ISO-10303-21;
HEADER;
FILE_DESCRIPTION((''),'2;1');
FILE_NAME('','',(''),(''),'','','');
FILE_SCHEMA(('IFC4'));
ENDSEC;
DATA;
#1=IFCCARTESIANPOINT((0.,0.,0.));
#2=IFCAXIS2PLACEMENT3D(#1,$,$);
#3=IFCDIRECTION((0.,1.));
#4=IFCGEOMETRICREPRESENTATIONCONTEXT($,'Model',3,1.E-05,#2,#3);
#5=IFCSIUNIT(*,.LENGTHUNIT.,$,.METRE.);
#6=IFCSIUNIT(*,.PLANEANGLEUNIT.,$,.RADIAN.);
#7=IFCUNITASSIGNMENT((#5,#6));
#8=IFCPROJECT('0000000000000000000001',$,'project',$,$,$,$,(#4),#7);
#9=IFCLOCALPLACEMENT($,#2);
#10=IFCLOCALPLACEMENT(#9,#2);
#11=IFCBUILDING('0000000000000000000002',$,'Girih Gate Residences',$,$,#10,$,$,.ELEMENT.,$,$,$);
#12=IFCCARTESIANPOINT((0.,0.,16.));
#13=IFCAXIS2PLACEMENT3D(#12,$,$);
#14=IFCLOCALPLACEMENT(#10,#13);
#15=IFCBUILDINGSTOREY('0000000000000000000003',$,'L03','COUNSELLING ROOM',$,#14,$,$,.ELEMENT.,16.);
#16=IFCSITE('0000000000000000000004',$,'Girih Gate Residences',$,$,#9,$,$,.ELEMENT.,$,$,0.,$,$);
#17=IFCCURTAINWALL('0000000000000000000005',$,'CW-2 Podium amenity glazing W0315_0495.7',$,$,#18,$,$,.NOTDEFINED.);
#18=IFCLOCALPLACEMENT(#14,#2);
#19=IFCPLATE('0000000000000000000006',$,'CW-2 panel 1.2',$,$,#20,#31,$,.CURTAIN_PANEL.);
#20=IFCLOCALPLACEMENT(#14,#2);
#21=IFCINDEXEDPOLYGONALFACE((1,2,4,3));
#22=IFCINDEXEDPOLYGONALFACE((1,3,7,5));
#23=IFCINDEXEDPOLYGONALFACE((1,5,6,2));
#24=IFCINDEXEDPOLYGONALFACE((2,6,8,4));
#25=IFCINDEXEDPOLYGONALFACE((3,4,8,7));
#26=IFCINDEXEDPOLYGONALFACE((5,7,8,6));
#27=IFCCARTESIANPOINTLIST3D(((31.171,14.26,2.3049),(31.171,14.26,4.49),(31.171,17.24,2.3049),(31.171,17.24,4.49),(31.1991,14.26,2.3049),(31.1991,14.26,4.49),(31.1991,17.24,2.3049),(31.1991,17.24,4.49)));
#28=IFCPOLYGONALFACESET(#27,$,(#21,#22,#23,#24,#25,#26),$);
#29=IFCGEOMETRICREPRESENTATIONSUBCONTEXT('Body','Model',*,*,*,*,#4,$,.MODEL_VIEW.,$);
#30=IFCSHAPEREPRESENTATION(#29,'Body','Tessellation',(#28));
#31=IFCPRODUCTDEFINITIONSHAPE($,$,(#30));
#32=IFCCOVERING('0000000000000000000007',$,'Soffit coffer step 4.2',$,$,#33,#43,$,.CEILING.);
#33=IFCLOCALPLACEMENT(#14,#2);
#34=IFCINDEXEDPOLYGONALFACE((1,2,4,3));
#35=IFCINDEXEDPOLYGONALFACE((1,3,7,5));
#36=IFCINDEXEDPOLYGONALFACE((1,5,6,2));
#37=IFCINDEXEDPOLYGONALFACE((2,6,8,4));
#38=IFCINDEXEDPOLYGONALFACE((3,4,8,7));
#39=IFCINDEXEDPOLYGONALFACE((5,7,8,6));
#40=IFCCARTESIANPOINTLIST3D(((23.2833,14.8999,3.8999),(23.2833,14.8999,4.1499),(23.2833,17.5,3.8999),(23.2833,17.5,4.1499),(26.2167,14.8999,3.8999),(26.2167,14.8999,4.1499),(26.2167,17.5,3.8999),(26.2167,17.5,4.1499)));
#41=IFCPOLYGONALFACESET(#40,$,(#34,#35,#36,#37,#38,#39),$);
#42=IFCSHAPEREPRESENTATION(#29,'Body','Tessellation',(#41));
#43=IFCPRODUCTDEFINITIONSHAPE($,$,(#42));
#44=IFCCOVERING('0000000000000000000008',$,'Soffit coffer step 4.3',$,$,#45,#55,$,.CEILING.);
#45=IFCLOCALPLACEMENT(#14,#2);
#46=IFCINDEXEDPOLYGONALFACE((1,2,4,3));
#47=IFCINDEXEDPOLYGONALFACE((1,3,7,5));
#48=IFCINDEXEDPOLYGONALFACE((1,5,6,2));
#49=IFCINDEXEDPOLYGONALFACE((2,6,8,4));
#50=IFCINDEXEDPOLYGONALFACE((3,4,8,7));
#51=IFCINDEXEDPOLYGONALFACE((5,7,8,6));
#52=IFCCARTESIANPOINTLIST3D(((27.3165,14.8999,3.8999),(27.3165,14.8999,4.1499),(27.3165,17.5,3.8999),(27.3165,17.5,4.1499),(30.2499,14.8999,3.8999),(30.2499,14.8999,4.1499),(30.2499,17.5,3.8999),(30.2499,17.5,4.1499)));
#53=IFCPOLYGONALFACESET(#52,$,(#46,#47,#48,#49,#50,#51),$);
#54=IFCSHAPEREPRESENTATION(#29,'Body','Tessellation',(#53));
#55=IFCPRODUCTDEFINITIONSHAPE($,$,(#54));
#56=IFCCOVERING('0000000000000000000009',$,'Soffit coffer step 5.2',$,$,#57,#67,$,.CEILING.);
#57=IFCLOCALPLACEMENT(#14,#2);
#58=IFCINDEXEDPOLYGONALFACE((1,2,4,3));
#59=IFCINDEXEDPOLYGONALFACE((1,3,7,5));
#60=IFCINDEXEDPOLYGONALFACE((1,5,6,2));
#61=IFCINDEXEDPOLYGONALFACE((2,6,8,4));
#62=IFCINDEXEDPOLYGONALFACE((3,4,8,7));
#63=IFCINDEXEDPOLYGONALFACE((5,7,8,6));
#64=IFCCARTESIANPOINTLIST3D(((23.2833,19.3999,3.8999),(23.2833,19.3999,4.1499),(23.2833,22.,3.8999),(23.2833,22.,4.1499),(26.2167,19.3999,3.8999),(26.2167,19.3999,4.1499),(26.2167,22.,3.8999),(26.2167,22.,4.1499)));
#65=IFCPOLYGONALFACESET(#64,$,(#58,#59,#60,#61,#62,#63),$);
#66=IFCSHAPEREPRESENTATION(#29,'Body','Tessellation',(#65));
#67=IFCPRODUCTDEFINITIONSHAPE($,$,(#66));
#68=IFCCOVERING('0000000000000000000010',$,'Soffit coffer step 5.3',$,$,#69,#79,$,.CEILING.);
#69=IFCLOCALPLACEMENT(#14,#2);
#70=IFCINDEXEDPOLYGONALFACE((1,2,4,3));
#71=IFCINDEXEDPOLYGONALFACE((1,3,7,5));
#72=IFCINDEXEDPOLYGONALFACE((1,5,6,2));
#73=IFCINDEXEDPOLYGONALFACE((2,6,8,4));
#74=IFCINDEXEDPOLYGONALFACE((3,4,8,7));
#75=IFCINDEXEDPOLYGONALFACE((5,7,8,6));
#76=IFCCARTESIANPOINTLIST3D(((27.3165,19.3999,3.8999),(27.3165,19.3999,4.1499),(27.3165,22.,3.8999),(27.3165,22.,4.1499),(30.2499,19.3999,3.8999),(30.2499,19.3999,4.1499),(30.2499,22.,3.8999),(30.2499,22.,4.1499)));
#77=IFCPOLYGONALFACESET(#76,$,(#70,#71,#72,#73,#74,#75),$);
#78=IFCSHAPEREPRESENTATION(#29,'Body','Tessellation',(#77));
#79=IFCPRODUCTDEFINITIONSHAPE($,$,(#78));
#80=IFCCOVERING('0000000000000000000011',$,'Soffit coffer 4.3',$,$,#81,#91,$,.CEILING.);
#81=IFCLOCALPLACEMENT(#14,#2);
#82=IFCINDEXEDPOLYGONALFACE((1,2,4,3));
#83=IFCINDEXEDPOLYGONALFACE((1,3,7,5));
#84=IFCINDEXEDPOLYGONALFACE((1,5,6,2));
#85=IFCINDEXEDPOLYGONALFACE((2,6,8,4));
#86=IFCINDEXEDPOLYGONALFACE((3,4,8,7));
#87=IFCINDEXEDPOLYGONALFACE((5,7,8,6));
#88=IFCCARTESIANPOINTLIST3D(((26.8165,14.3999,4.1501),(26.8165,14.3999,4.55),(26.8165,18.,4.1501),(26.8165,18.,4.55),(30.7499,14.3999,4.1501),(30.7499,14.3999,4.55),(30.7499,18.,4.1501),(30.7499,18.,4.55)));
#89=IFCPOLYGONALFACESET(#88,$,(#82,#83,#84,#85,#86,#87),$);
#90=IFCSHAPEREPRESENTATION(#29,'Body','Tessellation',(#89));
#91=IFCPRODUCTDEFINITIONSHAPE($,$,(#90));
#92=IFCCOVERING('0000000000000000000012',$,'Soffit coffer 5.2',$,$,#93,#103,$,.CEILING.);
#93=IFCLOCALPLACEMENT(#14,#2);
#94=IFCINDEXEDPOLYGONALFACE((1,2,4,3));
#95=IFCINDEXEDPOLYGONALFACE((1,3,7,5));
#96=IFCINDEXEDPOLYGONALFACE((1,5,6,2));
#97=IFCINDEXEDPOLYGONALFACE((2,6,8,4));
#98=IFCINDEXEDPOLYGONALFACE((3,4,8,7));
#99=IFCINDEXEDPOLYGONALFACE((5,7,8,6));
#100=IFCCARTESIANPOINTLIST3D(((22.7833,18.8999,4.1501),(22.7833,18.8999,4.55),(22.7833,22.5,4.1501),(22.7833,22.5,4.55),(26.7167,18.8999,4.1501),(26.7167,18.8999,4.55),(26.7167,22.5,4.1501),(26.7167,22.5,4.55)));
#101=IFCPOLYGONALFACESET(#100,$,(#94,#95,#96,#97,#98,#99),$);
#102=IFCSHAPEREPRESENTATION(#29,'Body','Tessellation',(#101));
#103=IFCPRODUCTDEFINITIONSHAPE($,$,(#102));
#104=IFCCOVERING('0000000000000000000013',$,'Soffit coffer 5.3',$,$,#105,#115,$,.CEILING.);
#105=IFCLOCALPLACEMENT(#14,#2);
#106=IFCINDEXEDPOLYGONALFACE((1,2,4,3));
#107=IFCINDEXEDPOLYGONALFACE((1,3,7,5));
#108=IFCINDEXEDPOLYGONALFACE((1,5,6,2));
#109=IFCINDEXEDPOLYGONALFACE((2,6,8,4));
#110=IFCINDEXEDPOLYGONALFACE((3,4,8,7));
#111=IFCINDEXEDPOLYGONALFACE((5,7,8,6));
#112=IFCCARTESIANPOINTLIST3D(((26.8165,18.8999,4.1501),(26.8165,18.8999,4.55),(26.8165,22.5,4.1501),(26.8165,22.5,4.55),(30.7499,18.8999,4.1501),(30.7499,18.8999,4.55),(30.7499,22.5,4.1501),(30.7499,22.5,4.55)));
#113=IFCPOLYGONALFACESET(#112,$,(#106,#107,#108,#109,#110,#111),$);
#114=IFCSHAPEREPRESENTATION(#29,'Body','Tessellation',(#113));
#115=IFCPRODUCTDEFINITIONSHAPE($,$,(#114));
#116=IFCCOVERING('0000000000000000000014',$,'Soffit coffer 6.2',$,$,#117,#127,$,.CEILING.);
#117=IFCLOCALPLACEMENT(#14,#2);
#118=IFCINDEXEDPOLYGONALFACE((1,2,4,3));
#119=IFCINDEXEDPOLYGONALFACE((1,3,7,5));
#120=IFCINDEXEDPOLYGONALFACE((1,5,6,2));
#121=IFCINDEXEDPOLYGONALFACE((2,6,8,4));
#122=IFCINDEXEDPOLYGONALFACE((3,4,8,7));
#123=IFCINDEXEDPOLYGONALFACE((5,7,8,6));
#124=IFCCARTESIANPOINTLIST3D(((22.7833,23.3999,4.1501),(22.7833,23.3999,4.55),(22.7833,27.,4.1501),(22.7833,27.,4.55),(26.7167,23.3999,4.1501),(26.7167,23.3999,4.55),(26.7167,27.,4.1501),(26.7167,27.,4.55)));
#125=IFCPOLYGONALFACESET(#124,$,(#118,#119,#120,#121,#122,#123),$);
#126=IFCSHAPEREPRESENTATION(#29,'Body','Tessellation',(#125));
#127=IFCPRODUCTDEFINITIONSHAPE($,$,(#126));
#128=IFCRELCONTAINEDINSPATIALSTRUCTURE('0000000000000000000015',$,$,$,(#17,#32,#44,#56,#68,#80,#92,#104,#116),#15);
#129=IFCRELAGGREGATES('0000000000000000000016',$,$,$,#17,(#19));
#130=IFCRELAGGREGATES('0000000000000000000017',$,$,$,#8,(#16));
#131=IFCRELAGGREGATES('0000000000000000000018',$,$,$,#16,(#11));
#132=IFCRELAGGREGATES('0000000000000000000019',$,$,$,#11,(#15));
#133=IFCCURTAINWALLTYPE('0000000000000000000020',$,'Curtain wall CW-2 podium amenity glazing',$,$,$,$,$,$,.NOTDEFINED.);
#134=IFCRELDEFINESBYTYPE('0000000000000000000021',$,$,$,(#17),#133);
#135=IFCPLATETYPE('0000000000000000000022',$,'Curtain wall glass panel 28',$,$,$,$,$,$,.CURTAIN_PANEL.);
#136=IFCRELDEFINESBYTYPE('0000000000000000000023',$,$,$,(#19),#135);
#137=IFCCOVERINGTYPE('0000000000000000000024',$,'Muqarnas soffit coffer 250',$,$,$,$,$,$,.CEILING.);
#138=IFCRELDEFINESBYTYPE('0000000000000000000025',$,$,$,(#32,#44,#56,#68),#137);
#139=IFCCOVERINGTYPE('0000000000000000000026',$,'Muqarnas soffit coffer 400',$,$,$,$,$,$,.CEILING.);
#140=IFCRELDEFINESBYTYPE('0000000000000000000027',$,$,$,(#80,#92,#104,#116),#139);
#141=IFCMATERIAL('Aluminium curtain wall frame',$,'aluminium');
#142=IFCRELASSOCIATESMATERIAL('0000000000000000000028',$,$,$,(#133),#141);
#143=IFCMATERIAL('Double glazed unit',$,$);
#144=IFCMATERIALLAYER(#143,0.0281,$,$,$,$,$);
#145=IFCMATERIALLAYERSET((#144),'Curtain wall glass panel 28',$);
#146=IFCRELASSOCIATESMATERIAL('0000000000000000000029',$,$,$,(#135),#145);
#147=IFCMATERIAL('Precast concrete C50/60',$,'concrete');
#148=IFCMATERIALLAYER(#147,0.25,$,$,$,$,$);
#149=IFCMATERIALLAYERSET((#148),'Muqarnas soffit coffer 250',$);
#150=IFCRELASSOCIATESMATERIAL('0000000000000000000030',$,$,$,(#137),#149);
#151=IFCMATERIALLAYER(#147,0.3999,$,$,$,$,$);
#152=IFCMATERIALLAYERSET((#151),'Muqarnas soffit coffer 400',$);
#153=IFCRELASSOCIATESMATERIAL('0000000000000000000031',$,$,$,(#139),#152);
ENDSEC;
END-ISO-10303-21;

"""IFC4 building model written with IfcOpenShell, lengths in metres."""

from ifc_helpers import new_model, si_unit, direction, frame, origin, origin_2d, place, context, subcontext, project, spatial, rectangle, extrude, material, layer, layer_set, type_object, element, aggregate, save


model = new_model("IFC4")

# Units and contexts
model_context = context("Model", 3, precision=1e-05, world=origin(), true_north=direction((0.0, 1.0)))
body_context = subcontext(model_context, "Body", "Model", "MODEL_VIEW")
ifc_project = project(units=[si_unit("LENGTHUNIT", "METRE"), si_unit("PLANEANGLEUNIT", "RADIAN")], contexts=[model_context])

# Site, building, storey
site_placement = place(None, origin())
site = spatial("IfcSite", under=ifc_project, at=site_placement, Name="Girih Gate Residences", CompositionType="ELEMENT", RefElevation=0.0)
building_placement = place(site_placement, origin())
building = spatial("IfcBuilding", under=site, at=building_placement, Name="Girih Gate Residences", CompositionType="ELEMENT")
storey_placement = place(building_placement, frame((0.0, 0.0, 16.0)))
storey = spatial("IfcBuildingStorey", under=building, at=storey_placement, Name="L03", Description="COUNSELLING ROOM", CompositionType="ELEMENT", Elevation=16.0)

# Shared definitions
ifc_material_1 = material(Name="Aluminium curtain wall frame", Category="aluminium")
curtain_wall_type = type_object("IfcCurtainWallType", Name="Curtain wall CW-2 podium amenity glazing", PredefinedType="NOTDEFINED", material=ifc_material_1)

# Curtain wall
curtain_wall_1_placement = place(storey_placement, origin())
curtain_wall_1 = element("IfcCurtainWall", 1, at=curtain_wall_1_placement, inside=storey, type_object=curtain_wall_type, Name="CW-2 Podium amenity glazing W0315_0495.7", PredefinedType="NOTDEFINED")

# Plate
ifc_material_2 = material(Name="Double glazed unit")
ifc_layer_1 = layer(ifc_material_2, 0.0281)
ifc_layer_set_1 = layer_set([ifc_layer_1], Name="Curtain wall glass panel 28")
plate_type = type_object("IfcPlateType", Name="Curtain wall glass panel 28", PredefinedType="CURTAIN_PANEL", material=ifc_layer_set_1)
plate_1_placement = place(storey_placement, frame((31.1851, 15.75, 2.3049), z_axis=(0.0, 0.0, 1.0), x_axis=(0.0, -1.0, 0.0)))
plate_1 = element("IfcPlate", 2, at=plate_1_placement, type_object=plate_type, Name="CW-2 panel 1.2", PredefinedType="CURTAIN_PANEL", context=body_context, shape_type="SweptSolid", body=[
    extrude(rectangle(XDim=2.98, YDim=0.0281, at=origin_2d()), origin(), (0.0, 0.0, 1.0), 2.1851),
])
aggregate(curtain_wall_1, [plate_1])

# Coverings
ifc_material_3 = material(Name="Precast concrete C50/60", Category="concrete")
ifc_layer_2 = layer(ifc_material_3, 0.25)
ifc_layer_set_2 = layer_set([ifc_layer_2], Name="Muqarnas soffit coffer 250")
covering_type_1 = type_object("IfcCoveringType", Name="Muqarnas soffit coffer 250", PredefinedType="CEILING", material=ifc_layer_set_2)
for number, where, z_axis, x_axis, name in (
    (3, (24.75, 16.2, 3.8999), (0.0, 0.0, 1.0), (1.0, 0.0, 0.0), "Soffit coffer step 4.2"),
    (4, (28.7832, 16.2, 3.8999), (0.0, 0.0, 1.0), (1.0, 0.0, 0.0), "Soffit coffer step 4.3"),
    (5, (24.75, 20.7, 3.8999), (0.0, 0.0, 1.0), (1.0, 0.0, 0.0), "Soffit coffer step 5.2"),
    (6, (28.7832, 20.7, 3.8999), (0.0, 0.0, 1.0), (1.0, 0.0, 0.0), "Soffit coffer step 5.3"),
):
    element("IfcCovering", number, at=place(storey_placement, frame(where, z_axis=z_axis, x_axis=x_axis)), inside=storey, type_object=covering_type_1, Name=name, PredefinedType="CEILING", context=body_context, shape_type="SweptSolid", body=[
        extrude(rectangle(XDim=2.9333, YDim=2.6001, at=origin_2d()), origin(), (0.0, 0.0, 1.0), 0.25),
    ])
ifc_layer_3 = layer(ifc_material_3, 0.3999)
ifc_layer_set_3 = layer_set([ifc_layer_3], Name="Muqarnas soffit coffer 400")
covering_type_2 = type_object("IfcCoveringType", Name="Muqarnas soffit coffer 400", PredefinedType="CEILING", material=ifc_layer_set_3)
for number, where, z_axis, x_axis, name in (
    (7, (28.7832, 16.2, 4.1501), (0.0, 0.0, 1.0), (1.0, 0.0, 0.0), "Soffit coffer 4.3"),
    (8, (24.75, 20.7, 4.1501), (0.0, 0.0, 1.0), (1.0, 0.0, 0.0), "Soffit coffer 5.2"),
    (9, (28.7832, 20.7, 4.1501), (0.0, 0.0, 1.0), (1.0, 0.0, 0.0), "Soffit coffer 5.3"),
    (10, (24.75, 25.2, 4.1501), (0.0, 0.0, 1.0), (1.0, 0.0, 0.0), "Soffit coffer 6.2"),
):
    element("IfcCovering", number, at=place(storey_placement, frame(where, z_axis=z_axis, x_axis=x_axis)), inside=storey, type_object=covering_type_2, Name=name, PredefinedType="CEILING", context=body_context, shape_type="SweptSolid", body=[
        extrude(rectangle(XDim=3.9333, YDim=3.6001, at=origin_2d()), origin(), (0.0, 0.0, 1.0), 0.3999),
    ])

save(model, "model.ifc")
